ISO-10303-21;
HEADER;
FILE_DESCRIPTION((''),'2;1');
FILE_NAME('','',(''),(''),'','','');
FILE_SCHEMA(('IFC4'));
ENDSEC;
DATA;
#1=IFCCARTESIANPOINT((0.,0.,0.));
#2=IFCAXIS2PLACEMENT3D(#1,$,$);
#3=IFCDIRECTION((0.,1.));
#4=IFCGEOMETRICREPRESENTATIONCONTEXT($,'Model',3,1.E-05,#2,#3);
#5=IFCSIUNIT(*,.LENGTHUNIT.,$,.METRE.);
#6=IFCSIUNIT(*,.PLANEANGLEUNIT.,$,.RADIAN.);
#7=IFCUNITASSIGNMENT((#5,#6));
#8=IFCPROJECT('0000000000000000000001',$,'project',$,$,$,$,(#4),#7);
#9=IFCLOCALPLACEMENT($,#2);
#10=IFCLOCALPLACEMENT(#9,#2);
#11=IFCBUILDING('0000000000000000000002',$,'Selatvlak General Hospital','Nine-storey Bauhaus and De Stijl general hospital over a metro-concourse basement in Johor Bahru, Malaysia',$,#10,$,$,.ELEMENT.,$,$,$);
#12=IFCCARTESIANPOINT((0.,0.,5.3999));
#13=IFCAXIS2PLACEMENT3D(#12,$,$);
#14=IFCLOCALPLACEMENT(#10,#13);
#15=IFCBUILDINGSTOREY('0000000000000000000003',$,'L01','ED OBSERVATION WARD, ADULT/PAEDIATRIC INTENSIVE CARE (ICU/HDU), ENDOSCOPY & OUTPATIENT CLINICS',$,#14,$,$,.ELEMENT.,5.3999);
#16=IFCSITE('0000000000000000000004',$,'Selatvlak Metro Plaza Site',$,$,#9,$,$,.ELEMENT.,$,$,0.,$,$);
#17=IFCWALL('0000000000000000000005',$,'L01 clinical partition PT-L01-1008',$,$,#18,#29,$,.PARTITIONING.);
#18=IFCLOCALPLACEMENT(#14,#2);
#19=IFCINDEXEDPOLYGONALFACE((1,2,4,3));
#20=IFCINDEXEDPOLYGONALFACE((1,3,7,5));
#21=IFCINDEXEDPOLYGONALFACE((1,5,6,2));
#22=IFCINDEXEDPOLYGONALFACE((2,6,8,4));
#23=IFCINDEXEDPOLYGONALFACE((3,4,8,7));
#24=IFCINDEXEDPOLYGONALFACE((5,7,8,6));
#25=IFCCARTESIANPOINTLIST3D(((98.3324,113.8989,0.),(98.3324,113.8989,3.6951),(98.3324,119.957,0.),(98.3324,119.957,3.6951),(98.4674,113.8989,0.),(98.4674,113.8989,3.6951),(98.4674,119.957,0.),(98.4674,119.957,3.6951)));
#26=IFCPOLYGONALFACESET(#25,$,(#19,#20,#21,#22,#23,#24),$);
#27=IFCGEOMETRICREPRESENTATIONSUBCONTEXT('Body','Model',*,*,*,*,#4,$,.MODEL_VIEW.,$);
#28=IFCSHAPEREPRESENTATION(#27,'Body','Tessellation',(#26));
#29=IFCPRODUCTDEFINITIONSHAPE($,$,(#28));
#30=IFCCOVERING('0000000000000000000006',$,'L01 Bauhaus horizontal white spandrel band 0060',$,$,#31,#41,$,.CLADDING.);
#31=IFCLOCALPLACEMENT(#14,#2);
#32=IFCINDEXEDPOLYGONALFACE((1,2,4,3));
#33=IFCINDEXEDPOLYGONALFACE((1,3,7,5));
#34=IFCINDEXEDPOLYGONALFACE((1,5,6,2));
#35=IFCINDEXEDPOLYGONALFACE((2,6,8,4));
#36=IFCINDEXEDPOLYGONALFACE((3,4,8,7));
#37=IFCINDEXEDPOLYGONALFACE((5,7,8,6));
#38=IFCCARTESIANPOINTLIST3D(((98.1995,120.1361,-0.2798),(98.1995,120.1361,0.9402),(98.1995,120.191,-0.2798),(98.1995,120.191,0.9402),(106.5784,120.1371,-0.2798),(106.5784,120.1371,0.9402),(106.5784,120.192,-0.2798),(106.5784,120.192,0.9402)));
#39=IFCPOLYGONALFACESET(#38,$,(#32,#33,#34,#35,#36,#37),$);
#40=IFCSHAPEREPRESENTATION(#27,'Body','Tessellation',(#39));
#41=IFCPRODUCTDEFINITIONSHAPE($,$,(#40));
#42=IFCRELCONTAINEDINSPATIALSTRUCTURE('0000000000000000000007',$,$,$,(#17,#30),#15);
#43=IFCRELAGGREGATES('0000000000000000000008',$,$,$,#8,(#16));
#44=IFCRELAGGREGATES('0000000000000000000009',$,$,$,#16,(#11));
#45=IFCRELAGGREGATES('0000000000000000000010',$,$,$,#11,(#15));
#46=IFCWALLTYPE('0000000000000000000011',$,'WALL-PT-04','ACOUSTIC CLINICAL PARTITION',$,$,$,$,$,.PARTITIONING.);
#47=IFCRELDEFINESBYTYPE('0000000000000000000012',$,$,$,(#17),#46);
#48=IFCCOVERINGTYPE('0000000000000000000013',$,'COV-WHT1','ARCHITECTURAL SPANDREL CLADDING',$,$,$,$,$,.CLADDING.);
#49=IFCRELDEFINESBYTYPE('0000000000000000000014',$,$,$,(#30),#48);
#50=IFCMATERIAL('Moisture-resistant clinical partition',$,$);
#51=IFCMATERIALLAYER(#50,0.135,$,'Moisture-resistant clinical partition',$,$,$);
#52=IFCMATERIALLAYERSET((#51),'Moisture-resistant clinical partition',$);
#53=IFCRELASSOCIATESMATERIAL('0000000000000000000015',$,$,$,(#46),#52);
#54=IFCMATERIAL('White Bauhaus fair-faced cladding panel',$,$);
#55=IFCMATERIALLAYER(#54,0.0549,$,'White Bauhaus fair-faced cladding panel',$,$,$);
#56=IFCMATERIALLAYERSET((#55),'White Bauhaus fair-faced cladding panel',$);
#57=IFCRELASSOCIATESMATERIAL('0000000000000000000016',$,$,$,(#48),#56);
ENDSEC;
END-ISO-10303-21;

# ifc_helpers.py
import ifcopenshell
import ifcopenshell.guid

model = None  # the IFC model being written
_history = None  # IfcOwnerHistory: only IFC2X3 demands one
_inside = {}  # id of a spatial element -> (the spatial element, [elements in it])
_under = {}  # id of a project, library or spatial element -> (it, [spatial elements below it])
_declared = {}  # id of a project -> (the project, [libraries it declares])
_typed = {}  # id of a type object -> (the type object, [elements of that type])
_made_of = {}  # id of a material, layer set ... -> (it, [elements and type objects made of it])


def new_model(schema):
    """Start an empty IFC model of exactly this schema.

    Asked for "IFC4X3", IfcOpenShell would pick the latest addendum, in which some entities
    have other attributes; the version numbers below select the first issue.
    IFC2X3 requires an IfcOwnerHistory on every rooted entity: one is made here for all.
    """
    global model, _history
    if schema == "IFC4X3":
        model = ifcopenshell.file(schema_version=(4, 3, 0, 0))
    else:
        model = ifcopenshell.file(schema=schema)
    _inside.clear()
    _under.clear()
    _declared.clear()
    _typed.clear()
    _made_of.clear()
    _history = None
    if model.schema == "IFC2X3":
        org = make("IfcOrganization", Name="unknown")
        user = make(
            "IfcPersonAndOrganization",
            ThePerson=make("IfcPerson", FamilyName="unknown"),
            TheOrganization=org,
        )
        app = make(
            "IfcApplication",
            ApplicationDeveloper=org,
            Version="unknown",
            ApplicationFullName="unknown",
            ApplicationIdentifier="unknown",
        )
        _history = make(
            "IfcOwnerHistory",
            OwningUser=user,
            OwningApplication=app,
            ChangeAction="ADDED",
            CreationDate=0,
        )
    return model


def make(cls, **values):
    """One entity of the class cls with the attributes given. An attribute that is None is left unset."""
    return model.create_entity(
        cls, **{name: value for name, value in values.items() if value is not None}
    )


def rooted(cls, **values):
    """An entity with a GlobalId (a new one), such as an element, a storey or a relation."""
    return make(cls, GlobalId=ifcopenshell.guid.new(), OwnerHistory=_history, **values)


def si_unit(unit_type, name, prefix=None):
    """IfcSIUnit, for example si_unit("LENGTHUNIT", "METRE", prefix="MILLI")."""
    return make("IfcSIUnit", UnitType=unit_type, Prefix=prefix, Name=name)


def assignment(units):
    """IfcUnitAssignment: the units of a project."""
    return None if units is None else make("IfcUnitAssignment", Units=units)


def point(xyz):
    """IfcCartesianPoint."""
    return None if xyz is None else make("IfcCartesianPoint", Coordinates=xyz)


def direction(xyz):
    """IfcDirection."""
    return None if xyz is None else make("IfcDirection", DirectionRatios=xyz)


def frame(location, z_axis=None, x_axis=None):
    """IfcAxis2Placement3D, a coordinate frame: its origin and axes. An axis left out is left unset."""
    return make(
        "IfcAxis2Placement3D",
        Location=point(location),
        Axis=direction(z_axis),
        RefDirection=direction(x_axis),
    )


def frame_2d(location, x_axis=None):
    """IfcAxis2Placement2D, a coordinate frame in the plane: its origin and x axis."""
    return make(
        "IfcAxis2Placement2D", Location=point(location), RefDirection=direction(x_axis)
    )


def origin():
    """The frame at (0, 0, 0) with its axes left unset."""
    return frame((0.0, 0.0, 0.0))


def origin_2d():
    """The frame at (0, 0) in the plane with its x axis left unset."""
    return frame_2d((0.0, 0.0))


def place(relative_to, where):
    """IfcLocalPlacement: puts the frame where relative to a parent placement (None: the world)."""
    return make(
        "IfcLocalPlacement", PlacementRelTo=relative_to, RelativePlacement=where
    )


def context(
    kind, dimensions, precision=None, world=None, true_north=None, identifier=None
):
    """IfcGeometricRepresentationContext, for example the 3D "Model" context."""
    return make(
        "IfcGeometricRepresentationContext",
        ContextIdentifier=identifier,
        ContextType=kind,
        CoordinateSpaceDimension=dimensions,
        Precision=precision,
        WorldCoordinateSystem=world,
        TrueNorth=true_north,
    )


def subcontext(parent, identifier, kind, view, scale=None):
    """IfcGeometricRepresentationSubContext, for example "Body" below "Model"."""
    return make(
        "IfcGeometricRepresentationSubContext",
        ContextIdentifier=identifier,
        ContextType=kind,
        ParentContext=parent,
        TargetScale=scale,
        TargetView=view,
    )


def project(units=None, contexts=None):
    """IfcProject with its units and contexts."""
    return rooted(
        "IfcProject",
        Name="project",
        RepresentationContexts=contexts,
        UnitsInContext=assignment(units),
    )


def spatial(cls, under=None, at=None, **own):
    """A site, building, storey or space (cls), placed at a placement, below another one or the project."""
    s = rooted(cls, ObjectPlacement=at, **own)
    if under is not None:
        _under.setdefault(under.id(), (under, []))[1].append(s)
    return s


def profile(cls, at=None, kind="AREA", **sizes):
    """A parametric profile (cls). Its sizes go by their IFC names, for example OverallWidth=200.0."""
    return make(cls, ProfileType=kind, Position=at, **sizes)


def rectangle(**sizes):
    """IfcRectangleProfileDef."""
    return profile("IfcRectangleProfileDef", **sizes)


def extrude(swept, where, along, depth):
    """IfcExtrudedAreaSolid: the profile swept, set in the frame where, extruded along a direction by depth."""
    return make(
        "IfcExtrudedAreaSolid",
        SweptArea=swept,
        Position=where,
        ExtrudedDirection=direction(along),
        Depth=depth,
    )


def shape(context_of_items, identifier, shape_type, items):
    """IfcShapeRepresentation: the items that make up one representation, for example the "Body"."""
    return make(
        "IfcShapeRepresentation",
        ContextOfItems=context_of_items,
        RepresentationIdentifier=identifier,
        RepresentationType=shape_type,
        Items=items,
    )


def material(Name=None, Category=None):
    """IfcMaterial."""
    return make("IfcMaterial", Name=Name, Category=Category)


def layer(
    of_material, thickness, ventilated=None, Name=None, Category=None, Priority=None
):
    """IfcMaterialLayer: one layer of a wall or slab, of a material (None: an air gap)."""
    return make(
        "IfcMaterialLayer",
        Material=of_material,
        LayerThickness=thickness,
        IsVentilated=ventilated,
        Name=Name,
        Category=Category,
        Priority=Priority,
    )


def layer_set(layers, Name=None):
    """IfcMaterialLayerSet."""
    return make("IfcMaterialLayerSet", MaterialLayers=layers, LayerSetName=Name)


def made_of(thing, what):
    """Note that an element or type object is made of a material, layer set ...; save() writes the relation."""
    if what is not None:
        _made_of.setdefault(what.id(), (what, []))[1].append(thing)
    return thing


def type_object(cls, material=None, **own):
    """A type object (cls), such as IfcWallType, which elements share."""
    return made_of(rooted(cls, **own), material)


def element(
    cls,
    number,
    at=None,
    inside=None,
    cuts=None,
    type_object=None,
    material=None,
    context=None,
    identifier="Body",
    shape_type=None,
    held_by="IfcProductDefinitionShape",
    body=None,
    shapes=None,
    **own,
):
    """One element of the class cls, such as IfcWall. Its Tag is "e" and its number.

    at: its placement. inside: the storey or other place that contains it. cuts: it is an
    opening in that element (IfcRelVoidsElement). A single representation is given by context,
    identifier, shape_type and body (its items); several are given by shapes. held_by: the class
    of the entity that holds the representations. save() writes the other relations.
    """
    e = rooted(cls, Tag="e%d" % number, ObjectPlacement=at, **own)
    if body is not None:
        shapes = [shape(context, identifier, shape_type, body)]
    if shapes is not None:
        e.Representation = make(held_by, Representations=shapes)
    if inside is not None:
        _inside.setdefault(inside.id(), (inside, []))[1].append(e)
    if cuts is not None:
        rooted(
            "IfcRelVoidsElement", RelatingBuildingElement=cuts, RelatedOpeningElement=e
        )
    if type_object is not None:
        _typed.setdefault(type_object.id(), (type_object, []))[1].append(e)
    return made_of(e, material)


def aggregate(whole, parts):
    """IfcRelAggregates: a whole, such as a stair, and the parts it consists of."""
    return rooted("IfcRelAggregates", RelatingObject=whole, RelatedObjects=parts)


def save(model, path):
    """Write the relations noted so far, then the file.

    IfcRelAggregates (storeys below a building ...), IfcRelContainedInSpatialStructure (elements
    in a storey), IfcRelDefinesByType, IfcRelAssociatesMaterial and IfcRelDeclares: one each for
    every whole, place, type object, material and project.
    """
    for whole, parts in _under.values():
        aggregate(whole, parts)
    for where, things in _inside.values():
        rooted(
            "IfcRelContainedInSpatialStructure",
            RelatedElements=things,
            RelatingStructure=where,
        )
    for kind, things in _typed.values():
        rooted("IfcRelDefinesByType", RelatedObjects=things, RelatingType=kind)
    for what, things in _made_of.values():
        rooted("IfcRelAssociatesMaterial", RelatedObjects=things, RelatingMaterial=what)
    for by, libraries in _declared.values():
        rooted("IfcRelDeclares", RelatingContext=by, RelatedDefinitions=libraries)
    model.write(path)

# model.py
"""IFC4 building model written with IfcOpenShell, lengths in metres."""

from ifc_helpers import new_model, si_unit, direction, frame, frame_2d, origin, origin_2d, place, context, subcontext, project, spatial, rectangle, extrude, material, layer, layer_set, type_object, element, save


model = new_model("IFC4")

# Units and contexts
model_context = context("Model", 3, precision=1e-05, world=origin(), true_north=direction((0.0, 1.0)))
body_context = subcontext(model_context, "Body", "Model", "MODEL_VIEW")
ifc_project = project(units=[si_unit("LENGTHUNIT", "METRE"), si_unit("PLANEANGLEUNIT", "RADIAN")], contexts=[model_context])

# Site, building, storey
site_placement = place(None, origin())
site = spatial("IfcSite", under=ifc_project, at=site_placement, Name="Selatvlak Metro Plaza Site", CompositionType="ELEMENT", RefElevation=0.0)
building_placement = place(site_placement, origin())
building = spatial("IfcBuilding", under=site, at=building_placement, Name="Selatvlak General Hospital", Description="Nine-storey Bauhaus and De Stijl general hospital over a metro-concourse basement in Johor Bahru, Malaysia", CompositionType="ELEMENT")
storey_placement = place(building_placement, frame((0.0, 0.0, 5.3999)))
storey = spatial("IfcBuildingStorey", under=building, at=storey_placement, Name="L01", Description="ED OBSERVATION WARD, ADULT/PAEDIATRIC INTENSIVE CARE (ICU/HDU), ENDOSCOPY & OUTPATIENT CLINICS", CompositionType="ELEMENT", Elevation=5.3999)

# Wall
ifc_material_1 = material(Name="Moisture-resistant clinical partition")
ifc_layer_1 = layer(ifc_material_1, 0.135, Name="Moisture-resistant clinical partition")
ifc_layer_set_1 = layer_set([ifc_layer_1], Name="Moisture-resistant clinical partition")
wall_type_1 = type_object("IfcWallType", Name="WALL-PT-04", Description="ACOUSTIC CLINICAL PARTITION", PredefinedType="PARTITIONING", material=ifc_layer_set_1)
wall_1_placement = place(storey_placement, frame((98.3999, 119.957, 0.0), z_axis=(0.0, 0.0, 1.0), x_axis=(0.0, -1.0, 0.0)))
element("IfcWall", 1, at=wall_1_placement, inside=storey, type_object=wall_type_1, Name="L01 clinical partition PT-L01-1008", PredefinedType="PARTITIONING", context=body_context, shape_type="SweptSolid", body=[
    extrude(rectangle(XDim=6.0581, YDim=0.135, at=frame_2d((3.0291, 0.0))), origin(), (0.0, 0.0, 1.0), 3.6951),
])

# Covering
ifc_material_2 = material(Name="White Bauhaus fair-faced cladding panel")
ifc_layer_2 = layer(ifc_material_2, 0.0549, Name="White Bauhaus fair-faced cladding panel")
ifc_layer_set_2 = layer_set([ifc_layer_2], Name="White Bauhaus fair-faced cladding panel")
covering_type = type_object("IfcCoveringType", Name="COV-WHT1", Description="ARCHITECTURAL SPANDREL CLADDING", PredefinedType="CLADDING", material=ifc_layer_set_2)
covering_placement = place(storey_placement, frame((102.3889, 120.1641, -0.2798), z_axis=(0.0, 0.0, 1.0), x_axis=(1.0, 0.000122, 0.0)))
element("IfcCovering", 2, at=covering_placement, inside=storey, type_object=covering_type, Name="L01 Bauhaus horizontal white spandrel band 0060", PredefinedType="CLADDING", context=body_context, shape_type="SweptSolid", body=[
    extrude(rectangle(XDim=8.3789, YDim=0.0549, at=origin_2d()), origin(), (0.0, 0.0, 1.0), 1.22),
])

save(model, "model.ifc")
